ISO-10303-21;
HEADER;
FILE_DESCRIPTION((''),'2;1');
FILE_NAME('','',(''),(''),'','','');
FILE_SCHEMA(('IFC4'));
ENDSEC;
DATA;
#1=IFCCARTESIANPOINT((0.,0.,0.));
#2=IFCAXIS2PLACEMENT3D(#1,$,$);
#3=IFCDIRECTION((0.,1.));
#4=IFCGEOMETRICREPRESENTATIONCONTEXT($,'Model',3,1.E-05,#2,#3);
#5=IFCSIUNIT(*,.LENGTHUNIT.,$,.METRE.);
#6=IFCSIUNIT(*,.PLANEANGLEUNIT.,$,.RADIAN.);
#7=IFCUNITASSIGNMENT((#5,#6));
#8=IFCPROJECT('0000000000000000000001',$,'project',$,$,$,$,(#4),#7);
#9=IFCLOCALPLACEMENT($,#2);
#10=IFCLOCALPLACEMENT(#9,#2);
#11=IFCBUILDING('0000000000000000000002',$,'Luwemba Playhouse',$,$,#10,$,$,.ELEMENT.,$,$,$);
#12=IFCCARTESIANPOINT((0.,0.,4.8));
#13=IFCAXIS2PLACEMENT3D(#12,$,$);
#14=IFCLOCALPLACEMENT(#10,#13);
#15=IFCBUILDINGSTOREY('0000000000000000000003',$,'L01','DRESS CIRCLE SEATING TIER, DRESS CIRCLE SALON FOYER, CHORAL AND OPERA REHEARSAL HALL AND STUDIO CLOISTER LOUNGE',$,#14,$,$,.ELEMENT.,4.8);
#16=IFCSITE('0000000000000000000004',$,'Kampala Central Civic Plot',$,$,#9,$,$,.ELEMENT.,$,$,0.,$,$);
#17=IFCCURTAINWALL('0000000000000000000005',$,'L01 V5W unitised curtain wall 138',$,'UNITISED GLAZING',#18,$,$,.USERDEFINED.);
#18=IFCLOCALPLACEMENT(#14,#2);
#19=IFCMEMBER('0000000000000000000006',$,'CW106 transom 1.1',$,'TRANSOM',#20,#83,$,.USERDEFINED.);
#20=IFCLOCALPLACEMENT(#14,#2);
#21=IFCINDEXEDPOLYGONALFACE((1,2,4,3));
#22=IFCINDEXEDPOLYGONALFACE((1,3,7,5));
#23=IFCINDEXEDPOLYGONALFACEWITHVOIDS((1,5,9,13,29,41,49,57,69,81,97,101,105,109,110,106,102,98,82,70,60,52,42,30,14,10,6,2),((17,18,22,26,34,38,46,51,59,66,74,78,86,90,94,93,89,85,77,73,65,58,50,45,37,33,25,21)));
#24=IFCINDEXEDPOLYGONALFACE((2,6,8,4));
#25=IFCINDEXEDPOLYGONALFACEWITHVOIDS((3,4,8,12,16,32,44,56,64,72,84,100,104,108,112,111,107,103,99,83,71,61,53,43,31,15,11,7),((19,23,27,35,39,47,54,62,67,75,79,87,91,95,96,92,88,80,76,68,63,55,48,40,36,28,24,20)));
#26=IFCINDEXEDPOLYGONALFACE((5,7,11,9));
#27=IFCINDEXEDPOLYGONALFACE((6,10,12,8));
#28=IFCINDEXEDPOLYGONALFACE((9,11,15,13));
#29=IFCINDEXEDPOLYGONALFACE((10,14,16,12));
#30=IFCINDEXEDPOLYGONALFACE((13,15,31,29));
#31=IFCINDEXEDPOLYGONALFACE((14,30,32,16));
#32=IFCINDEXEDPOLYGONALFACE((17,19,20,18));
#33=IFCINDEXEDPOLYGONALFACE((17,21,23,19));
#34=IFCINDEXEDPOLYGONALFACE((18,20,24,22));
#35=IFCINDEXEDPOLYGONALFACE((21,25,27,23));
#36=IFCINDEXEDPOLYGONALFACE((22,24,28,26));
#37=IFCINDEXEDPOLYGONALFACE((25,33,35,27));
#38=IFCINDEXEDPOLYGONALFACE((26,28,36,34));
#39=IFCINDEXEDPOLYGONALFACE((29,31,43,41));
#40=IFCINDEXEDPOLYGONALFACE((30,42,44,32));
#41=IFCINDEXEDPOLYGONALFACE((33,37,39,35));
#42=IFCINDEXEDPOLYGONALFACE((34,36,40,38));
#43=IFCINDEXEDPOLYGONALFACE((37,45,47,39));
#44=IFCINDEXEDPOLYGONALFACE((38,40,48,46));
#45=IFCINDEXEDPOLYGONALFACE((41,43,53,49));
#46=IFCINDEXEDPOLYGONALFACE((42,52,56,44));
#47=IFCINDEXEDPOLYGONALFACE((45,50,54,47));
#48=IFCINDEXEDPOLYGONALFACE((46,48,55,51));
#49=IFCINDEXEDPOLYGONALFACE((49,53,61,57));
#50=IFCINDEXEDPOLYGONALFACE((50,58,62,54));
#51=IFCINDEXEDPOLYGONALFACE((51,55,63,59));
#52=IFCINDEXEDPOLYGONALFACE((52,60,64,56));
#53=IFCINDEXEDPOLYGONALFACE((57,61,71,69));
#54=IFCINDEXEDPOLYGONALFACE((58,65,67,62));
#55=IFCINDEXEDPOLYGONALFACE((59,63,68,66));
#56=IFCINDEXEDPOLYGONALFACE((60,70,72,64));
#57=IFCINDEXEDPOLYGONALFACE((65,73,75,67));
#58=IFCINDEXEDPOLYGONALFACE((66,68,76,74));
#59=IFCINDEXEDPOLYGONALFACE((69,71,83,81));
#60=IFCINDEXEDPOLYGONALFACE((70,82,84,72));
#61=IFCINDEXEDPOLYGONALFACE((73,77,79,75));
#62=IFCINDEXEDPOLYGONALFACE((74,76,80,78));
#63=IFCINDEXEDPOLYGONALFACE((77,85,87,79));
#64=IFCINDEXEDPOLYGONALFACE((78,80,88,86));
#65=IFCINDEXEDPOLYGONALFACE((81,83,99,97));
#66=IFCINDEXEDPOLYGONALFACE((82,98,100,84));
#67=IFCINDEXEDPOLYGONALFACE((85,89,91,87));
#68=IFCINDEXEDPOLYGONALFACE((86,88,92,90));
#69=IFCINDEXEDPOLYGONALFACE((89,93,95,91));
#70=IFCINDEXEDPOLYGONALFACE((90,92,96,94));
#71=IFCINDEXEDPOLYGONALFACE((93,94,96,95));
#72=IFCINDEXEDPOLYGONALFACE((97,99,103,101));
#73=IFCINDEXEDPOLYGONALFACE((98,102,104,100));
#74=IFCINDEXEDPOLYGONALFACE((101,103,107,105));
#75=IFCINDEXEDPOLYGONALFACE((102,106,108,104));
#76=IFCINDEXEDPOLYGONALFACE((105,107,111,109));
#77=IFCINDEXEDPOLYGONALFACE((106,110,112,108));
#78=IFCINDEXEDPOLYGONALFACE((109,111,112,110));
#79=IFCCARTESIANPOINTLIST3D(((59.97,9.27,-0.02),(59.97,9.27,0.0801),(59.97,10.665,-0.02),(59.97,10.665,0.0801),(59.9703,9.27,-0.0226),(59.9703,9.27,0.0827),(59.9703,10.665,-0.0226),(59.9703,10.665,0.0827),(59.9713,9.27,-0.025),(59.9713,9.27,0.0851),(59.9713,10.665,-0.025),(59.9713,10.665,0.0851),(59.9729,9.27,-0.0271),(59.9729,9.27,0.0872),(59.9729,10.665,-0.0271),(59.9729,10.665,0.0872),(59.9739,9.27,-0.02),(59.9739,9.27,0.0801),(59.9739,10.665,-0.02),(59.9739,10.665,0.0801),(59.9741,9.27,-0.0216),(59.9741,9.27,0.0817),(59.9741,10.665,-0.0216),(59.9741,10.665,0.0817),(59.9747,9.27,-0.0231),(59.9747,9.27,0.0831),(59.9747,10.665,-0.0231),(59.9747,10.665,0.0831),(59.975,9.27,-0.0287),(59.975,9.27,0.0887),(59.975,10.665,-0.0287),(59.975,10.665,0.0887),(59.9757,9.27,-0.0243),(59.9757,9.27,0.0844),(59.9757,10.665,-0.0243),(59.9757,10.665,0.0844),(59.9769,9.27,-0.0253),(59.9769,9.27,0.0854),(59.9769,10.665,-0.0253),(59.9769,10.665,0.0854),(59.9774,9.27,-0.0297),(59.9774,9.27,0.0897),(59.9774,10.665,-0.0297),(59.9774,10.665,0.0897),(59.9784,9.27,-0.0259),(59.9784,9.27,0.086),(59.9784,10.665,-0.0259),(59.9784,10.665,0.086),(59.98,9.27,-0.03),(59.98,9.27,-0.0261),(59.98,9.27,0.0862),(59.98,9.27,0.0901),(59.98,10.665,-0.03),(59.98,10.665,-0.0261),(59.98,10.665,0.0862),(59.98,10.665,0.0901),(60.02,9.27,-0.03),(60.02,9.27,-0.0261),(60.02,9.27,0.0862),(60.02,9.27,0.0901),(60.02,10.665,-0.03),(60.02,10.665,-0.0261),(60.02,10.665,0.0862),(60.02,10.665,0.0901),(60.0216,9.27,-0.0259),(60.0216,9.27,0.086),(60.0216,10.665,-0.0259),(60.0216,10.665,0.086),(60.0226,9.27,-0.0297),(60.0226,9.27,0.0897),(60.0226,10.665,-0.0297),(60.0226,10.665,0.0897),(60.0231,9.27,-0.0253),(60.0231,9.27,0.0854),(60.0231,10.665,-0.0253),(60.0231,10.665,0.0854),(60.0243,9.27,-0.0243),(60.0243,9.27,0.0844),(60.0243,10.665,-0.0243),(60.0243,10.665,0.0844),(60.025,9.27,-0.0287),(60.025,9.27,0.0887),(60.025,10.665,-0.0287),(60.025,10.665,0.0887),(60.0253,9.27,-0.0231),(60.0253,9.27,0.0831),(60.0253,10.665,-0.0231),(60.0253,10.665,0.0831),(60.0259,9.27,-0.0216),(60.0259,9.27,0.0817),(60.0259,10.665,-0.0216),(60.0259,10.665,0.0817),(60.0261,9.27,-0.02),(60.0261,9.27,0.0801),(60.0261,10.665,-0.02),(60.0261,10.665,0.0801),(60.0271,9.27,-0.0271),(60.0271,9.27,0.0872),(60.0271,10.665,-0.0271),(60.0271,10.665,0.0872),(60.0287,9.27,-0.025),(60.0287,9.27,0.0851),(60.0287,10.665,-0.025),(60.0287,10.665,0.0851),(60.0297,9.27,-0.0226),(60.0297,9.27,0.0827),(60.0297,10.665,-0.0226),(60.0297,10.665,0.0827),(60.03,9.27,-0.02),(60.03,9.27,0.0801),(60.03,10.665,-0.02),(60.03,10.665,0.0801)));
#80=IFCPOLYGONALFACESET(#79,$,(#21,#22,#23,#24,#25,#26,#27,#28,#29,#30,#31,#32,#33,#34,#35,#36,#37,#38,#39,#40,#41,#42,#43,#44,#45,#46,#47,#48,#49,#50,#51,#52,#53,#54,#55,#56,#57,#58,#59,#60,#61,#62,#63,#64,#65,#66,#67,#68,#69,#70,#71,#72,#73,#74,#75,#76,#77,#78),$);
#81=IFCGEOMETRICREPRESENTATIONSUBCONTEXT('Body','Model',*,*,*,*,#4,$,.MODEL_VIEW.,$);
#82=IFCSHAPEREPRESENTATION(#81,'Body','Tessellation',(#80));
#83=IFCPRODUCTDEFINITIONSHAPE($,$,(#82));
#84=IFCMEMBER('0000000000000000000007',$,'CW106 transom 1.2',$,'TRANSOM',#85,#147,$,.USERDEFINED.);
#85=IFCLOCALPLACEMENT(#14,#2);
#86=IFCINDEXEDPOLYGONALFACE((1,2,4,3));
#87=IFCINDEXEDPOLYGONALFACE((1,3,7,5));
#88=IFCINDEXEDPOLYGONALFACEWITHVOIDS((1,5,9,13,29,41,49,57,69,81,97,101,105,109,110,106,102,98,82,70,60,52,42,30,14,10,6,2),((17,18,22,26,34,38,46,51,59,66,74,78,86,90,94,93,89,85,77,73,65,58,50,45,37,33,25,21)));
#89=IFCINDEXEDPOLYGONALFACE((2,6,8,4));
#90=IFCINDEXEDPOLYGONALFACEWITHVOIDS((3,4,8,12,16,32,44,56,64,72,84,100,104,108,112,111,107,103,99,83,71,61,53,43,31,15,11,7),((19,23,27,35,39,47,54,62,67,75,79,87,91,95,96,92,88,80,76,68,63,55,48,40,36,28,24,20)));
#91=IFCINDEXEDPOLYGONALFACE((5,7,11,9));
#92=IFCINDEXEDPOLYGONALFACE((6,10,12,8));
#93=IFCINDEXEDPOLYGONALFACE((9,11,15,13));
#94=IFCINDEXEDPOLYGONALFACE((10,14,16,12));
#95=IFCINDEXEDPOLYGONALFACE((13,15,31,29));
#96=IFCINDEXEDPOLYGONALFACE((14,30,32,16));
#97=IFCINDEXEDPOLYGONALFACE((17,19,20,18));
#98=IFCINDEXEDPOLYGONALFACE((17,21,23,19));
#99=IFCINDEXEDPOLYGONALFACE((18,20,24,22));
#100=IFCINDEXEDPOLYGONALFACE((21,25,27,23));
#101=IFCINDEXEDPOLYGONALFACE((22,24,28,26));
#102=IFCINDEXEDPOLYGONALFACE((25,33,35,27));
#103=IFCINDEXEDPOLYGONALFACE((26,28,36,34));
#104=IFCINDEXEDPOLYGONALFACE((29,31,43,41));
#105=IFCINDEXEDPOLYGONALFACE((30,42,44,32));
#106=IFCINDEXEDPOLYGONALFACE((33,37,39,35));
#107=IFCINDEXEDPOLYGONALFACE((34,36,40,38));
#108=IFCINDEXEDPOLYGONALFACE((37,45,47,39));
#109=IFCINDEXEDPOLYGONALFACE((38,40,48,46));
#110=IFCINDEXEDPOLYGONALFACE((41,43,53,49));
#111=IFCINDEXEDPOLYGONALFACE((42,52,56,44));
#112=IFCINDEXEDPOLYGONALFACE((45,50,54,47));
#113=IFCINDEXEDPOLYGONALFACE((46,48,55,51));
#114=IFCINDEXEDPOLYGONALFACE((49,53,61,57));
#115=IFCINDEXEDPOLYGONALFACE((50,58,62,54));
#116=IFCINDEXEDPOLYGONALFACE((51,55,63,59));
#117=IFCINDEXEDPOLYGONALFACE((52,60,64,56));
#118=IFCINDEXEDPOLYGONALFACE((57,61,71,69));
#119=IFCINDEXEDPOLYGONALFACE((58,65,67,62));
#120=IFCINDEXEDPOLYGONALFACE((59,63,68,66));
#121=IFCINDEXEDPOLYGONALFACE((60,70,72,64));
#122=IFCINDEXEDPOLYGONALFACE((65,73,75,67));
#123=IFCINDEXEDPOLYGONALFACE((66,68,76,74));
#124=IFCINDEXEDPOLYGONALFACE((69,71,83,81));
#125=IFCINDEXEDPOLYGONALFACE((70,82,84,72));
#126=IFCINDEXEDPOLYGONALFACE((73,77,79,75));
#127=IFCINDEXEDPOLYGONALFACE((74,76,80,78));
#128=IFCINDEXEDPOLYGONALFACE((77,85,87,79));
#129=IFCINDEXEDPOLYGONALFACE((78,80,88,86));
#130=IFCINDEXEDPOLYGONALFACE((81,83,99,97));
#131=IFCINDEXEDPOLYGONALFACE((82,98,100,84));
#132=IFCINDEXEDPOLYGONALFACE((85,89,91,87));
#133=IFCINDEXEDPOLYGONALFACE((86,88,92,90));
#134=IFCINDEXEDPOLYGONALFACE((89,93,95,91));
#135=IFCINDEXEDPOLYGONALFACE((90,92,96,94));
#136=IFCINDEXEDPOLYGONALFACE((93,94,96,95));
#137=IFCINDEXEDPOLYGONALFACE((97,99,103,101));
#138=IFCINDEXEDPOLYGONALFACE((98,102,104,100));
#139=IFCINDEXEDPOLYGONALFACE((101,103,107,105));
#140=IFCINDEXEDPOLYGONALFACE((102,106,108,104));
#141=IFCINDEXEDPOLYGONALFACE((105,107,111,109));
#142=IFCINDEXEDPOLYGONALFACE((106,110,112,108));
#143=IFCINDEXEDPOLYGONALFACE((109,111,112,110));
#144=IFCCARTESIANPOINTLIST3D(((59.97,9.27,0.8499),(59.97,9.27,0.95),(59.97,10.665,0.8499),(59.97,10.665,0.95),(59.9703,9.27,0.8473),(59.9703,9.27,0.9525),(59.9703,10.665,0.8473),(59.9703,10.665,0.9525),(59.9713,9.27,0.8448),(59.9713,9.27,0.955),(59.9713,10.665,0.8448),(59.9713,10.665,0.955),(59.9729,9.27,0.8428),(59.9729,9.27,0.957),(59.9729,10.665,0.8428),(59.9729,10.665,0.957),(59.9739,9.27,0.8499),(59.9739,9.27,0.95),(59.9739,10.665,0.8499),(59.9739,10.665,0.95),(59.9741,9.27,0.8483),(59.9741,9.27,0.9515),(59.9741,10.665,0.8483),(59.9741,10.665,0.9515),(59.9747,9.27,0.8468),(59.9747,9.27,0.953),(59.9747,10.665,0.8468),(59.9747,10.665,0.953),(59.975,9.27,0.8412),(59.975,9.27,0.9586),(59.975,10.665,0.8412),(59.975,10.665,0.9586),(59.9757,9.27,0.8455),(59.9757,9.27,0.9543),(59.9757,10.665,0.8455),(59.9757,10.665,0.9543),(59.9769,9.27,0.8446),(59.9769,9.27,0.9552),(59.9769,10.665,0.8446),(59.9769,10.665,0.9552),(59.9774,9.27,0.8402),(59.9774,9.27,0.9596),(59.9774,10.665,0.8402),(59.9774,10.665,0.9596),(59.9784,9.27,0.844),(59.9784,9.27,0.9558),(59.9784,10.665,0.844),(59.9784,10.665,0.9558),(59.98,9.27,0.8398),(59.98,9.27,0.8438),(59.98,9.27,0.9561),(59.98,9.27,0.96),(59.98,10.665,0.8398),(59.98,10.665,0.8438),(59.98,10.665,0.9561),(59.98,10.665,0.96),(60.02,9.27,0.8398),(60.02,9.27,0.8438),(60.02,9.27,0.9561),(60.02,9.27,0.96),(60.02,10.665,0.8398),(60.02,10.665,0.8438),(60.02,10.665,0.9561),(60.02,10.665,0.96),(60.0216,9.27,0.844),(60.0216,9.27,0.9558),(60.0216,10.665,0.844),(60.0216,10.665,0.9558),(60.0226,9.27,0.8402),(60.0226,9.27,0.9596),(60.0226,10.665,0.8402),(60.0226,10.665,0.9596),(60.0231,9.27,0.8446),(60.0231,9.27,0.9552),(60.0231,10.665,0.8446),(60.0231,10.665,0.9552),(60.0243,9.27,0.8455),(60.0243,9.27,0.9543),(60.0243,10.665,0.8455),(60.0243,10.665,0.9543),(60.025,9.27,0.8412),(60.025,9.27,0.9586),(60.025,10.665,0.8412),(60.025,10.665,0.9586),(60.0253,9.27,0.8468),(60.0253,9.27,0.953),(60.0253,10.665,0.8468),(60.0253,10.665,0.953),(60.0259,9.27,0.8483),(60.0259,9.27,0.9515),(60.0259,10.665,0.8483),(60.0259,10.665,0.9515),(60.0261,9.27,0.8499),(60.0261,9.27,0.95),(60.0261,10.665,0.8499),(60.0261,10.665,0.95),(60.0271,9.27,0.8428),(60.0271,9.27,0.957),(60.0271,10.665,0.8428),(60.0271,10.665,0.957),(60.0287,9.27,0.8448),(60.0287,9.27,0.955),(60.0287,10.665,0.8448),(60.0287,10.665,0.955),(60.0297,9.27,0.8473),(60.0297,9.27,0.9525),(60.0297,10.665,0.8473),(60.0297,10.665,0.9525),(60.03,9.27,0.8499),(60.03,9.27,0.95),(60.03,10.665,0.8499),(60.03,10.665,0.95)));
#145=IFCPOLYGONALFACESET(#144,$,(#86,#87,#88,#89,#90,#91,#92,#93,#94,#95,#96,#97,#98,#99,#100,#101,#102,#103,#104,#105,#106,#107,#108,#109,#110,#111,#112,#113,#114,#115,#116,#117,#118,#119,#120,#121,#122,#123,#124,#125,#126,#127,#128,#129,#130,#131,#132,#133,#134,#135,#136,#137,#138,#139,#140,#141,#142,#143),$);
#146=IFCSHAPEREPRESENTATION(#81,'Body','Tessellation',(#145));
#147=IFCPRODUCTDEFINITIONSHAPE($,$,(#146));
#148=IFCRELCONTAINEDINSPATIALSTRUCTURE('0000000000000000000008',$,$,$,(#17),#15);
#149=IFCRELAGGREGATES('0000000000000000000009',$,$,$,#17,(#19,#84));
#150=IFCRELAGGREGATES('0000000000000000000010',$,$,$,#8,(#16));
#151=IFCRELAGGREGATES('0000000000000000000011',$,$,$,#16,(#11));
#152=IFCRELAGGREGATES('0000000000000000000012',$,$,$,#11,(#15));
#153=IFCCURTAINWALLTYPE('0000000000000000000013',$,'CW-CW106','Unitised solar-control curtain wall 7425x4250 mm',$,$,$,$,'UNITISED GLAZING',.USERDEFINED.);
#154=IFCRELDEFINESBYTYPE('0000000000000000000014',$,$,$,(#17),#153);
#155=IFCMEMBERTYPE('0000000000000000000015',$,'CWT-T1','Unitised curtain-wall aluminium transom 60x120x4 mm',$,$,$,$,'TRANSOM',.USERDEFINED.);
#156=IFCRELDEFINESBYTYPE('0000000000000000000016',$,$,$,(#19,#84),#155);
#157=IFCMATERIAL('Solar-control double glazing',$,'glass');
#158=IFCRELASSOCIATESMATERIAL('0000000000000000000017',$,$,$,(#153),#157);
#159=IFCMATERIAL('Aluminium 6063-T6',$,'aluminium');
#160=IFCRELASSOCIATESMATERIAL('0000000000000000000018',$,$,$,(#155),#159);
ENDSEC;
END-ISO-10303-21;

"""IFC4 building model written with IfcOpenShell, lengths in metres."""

from ifc_helpers import new_model, si_unit, direction, frame, origin, origin_2d, place, context, subcontext, project, spatial, hollow_rectangle, extrude, material, material_profile, profile_set, type_object, element, aggregate, save


model = new_model("IFC4")

# Units and contexts
model_context = context("Model", 3, precision=1e-05, world=origin(), true_north=direction((0.0, 1.0)))
body_context = subcontext(model_context, "Body", "Model", "MODEL_VIEW")
ifc_project = project(units=[si_unit("LENGTHUNIT", "METRE"), si_unit("PLANEANGLEUNIT", "RADIAN")], contexts=[model_context])

# Site, building, storey
site_placement = place(None, origin())
site = spatial("IfcSite", under=ifc_project, at=site_placement, Name="Kampala Central Civic Plot", CompositionType="ELEMENT", RefElevation=0.0)
building_placement = place(site_placement, origin())
building = spatial("IfcBuilding", under=site, at=building_placement, Name="Luwemba Playhouse", CompositionType="ELEMENT")
storey_placement = place(building_placement, frame((0.0, 0.0, 4.8)))
storey = spatial("IfcBuildingStorey", under=building, at=storey_placement, Name="L01", Description="DRESS CIRCLE SEATING TIER, DRESS CIRCLE SALON FOYER, CHORAL AND OPERA REHEARSAL HALL AND STUDIO CLOISTER LOUNGE", CompositionType="ELEMENT", Elevation=4.8)

# Curtain wall, members
ifc_material_1 = material(Name="Solar-control double glazing", Category="glass")
curtain_wall_type = type_object("IfcCurtainWallType", Name="CW-CW106", Description="Unitised solar-control curtain wall 7425x4250 mm", ElementType="UNITISED GLAZING", PredefinedType="USERDEFINED", material=ifc_material_1)
curtain_wall_placement = place(storey_placement, origin())
curtain_wall = element("IfcCurtainWall", 1, at=curtain_wall_placement, inside=storey, type_object=curtain_wall_type, Name="L01 V5W unitised curtain wall 138", ObjectType="UNITISED GLAZING", PredefinedType="USERDEFINED")
ifc_material_2 = material(Name="Aluminium 6063-T6", Category="aluminium")
ifc_material_profile_1 = material_profile(ifc_material_2, hollow_rectangle(XDim=0.0601, YDim=0.1201, WallThickness=0.0039, InnerFilletRadius=0.0061, OuterFilletRadius=0.01, at=origin_2d()))
ifc_profile_set_1 = profile_set([ifc_material_profile_1], Name="Aluminium 6063-T6")
member_type_1 = type_object("IfcMemberType", Name="CWT-T1", Description="Unitised curtain-wall aluminium transom 60x120x4 mm", ElementType="TRANSOM", PredefinedType="USERDEFINED", material=ifc_profile_set_1)
member_1_placement = place(storey_placement, frame((60.0, 10.665, 0.03), z_axis=(0.0, -1.0, 0.0), x_axis=(1.0, 0.0, 0.0)))
member_1 = element("IfcMember", 2, at=member_1_placement, type_object=member_type_1, Name="CW106 transom 1.1", ObjectType="TRANSOM", PredefinedType="USERDEFINED", context=body_context, shape_type="SweptSolid", body=[
    extrude(hollow_rectangle(XDim=0.0601, YDim=0.1201, WallThickness=0.0039, InnerFilletRadius=0.0061, OuterFilletRadius=0.01, at=origin_2d()), origin(), (0.0, 0.0, 1.0), 1.395),
])
member_2_placement = place(storey_placement, frame((60.0, 10.665, 0.8999), z_axis=(0.0, -1.0, 0.0), x_axis=(1.0, 0.0, 0.0)))
member_2 = element("IfcMember", 3, at=member_2_placement, type_object=member_type_1, Name="CW106 transom 1.2", ObjectType="TRANSOM", PredefinedType="USERDEFINED", context=body_context, shape_type="SweptSolid", body=[
    extrude(hollow_rectangle(XDim=0.0601, YDim=0.1201, WallThickness=0.0039, InnerFilletRadius=0.0061, OuterFilletRadius=0.01, at=origin_2d()), origin(), (0.0, 0.0, 1.0), 1.395),
])
aggregate(curtain_wall, [member_1, member_2])

save(model, "model.ifc")
